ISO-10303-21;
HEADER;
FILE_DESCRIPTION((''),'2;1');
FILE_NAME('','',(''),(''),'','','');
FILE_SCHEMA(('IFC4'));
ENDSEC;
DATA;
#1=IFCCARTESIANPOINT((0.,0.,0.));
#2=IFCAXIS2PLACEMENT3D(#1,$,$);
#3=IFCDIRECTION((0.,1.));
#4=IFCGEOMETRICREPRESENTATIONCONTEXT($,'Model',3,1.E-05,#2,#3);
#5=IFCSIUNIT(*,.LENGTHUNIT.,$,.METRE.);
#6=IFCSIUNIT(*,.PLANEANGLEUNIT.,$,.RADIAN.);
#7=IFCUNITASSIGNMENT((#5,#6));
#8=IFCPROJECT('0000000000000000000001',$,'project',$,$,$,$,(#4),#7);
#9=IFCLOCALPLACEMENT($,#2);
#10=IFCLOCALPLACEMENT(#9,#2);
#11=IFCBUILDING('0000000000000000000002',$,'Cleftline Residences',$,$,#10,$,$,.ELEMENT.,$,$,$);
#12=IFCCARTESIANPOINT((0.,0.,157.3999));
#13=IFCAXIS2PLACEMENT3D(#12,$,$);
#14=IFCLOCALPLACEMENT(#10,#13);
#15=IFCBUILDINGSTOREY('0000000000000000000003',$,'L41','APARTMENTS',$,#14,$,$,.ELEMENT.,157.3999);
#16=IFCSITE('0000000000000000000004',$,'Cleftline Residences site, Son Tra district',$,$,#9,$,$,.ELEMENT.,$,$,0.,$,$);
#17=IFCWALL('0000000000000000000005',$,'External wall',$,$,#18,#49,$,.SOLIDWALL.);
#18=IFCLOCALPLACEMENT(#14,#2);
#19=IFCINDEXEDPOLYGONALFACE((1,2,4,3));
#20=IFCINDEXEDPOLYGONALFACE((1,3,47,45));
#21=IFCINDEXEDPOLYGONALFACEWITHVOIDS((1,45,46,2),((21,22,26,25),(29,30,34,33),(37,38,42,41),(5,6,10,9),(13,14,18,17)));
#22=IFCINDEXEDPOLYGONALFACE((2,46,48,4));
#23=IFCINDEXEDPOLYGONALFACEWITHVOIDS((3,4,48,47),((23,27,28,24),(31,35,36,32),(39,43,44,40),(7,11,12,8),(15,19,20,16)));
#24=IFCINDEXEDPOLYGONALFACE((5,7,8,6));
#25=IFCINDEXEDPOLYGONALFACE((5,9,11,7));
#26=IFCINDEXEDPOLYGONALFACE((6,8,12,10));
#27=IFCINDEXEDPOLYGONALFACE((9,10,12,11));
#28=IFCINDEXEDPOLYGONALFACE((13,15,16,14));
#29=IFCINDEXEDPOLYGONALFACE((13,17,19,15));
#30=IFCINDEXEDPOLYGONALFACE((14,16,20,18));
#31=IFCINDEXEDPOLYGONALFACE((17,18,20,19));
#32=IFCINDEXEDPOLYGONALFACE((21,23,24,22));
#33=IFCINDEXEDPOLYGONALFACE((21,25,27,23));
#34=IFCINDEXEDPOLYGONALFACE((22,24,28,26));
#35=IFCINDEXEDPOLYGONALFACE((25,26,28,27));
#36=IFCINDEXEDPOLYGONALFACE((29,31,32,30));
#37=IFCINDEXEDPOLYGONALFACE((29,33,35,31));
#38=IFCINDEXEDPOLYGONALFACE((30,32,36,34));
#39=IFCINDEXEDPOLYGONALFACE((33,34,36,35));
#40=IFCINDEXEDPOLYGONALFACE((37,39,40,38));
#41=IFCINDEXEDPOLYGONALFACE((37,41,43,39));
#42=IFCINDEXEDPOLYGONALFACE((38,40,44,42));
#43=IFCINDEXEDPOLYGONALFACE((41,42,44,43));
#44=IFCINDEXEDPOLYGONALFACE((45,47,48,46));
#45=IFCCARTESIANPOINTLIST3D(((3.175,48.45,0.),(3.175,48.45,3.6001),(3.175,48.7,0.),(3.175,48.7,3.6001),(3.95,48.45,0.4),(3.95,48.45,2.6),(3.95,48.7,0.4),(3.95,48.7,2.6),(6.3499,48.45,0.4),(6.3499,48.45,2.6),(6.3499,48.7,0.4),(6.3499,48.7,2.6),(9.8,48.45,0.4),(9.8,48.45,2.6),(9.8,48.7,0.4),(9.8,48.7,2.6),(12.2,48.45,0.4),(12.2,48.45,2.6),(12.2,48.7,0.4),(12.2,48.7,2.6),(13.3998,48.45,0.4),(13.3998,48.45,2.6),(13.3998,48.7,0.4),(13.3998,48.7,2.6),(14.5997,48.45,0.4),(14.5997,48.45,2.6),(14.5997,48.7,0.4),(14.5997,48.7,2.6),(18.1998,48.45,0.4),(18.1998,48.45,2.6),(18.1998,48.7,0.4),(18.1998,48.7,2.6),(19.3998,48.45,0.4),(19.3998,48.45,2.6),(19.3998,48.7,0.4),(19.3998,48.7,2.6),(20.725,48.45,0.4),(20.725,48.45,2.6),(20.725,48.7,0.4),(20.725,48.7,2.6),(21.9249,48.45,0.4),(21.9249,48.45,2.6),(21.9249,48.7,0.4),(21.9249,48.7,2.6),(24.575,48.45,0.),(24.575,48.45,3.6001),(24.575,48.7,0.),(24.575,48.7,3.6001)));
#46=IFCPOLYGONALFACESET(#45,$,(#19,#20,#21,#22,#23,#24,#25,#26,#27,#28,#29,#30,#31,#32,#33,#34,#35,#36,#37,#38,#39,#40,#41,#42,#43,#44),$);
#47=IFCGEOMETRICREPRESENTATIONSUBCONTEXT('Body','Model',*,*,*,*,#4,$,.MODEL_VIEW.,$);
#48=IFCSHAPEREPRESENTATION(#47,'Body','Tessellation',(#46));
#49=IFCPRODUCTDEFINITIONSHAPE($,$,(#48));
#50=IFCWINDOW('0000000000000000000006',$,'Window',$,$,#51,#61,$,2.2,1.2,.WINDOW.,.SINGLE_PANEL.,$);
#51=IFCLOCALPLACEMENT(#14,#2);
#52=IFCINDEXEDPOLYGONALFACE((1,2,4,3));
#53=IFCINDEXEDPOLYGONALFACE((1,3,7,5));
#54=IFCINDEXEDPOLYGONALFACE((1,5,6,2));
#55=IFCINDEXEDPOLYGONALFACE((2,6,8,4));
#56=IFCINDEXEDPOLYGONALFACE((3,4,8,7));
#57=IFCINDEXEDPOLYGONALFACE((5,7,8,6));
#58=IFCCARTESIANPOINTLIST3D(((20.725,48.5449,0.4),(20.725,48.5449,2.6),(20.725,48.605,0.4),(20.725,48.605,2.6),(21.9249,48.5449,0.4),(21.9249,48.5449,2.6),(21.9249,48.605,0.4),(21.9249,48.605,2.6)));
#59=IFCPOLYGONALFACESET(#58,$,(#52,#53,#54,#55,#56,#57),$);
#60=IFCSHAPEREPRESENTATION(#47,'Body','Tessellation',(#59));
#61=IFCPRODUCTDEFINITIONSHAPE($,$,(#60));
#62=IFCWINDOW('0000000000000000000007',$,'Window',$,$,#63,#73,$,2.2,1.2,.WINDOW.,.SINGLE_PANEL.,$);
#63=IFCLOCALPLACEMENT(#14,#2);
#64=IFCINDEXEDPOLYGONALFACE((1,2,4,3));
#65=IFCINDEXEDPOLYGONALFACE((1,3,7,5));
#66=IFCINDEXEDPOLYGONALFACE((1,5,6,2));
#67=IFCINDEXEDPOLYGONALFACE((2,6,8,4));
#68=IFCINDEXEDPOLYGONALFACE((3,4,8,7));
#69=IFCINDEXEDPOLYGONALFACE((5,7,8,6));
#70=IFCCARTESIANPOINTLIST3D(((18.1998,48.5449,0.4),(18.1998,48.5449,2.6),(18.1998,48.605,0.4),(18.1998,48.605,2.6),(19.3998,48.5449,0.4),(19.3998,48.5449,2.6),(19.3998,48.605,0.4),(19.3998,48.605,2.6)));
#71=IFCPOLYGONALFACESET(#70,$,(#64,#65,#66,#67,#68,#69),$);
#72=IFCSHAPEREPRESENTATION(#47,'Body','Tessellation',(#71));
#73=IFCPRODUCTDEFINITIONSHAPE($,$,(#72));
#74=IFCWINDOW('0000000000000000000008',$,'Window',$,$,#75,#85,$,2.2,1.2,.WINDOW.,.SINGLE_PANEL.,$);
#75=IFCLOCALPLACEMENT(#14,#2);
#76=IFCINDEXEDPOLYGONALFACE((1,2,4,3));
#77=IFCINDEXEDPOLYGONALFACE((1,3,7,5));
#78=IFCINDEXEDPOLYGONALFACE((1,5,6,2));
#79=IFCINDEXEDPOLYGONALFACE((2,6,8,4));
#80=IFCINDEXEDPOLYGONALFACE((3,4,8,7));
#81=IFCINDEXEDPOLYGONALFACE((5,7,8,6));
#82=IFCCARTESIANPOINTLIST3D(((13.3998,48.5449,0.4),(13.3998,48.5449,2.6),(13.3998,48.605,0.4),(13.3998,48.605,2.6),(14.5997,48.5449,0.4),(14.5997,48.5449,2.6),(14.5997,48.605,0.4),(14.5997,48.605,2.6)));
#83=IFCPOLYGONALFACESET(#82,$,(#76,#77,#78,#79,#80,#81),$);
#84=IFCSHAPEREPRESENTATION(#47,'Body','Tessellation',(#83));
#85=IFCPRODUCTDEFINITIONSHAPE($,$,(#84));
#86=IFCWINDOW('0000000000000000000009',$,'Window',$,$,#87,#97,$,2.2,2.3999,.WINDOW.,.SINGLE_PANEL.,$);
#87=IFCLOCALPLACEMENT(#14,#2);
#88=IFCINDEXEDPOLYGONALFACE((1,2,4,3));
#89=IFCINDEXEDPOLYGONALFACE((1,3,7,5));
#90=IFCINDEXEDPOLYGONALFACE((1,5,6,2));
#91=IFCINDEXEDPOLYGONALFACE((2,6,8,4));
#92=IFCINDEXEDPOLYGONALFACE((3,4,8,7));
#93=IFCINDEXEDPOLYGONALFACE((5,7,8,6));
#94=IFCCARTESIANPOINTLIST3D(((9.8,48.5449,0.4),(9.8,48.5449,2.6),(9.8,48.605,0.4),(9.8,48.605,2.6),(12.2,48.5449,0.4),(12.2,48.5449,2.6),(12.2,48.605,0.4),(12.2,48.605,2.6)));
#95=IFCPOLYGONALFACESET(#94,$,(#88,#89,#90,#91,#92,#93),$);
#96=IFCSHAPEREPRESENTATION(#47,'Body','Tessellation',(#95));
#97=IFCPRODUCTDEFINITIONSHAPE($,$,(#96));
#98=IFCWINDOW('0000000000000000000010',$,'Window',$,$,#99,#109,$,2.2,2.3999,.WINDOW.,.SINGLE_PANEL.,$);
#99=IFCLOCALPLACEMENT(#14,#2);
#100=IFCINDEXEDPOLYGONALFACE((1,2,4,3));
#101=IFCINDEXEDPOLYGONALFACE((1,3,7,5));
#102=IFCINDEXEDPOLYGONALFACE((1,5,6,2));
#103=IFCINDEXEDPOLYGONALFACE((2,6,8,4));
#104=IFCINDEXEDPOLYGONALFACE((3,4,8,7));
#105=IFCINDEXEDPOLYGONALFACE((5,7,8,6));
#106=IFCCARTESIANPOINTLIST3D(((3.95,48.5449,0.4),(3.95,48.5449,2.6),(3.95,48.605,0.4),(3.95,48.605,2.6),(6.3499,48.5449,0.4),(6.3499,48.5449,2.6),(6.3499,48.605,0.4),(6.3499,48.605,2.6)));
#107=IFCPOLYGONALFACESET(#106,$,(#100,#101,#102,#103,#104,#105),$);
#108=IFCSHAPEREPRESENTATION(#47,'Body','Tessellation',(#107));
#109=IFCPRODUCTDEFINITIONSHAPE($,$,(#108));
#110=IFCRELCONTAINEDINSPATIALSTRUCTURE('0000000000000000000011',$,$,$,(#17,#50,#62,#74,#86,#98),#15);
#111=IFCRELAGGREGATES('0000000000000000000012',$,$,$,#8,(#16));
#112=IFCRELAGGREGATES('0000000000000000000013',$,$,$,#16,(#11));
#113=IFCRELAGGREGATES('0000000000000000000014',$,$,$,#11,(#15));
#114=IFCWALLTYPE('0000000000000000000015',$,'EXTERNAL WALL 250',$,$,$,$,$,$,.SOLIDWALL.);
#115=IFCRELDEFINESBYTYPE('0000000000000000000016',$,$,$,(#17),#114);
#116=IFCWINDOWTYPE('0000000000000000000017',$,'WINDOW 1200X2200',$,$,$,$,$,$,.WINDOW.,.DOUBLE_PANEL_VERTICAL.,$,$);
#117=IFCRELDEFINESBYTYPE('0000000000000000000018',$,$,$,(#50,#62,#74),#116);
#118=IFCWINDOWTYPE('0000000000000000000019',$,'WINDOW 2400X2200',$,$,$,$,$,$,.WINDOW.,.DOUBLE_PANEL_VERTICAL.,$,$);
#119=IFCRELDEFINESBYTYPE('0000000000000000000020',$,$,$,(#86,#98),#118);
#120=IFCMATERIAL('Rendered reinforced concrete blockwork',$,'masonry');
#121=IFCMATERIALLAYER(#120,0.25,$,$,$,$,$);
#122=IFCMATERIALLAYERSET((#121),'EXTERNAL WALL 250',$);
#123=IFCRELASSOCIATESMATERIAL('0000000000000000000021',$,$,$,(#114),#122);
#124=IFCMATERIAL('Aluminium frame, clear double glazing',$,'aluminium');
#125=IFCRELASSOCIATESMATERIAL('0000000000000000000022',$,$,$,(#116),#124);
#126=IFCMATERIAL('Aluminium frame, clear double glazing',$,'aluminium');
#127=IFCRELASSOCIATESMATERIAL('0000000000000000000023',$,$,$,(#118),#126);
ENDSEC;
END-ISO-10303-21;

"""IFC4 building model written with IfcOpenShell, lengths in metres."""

from ifc_helpers import new_model, si_unit, direction, frame, frame_2d, origin, place, context, subcontext, project, spatial, rectangle, extrude, material, layer, layer_set, type_object, element, fill, save


model = new_model("IFC4")

# Units and contexts
model_context = context("Model", 3, precision=1e-05, world=origin(), true_north=direction((0.0, 1.0)))
body_context = subcontext(model_context, "Body", "Model", "MODEL_VIEW")
ifc_project = project(units=[si_unit("LENGTHUNIT", "METRE"), si_unit("PLANEANGLEUNIT", "RADIAN")], contexts=[model_context])

# Site, building, storey
site_placement = place(None, origin())
site = spatial("IfcSite", under=ifc_project, at=site_placement, Name="Cleftline Residences site, Son Tra district", CompositionType="ELEMENT", RefElevation=0.0)
building_placement = place(site_placement, origin())
building = spatial("IfcBuilding", under=site, at=building_placement, Name="Cleftline Residences", CompositionType="ELEMENT")
storey_placement = place(building_placement, frame((0.0, 0.0, 157.3999)))
storey = spatial("IfcBuildingStorey", under=building, at=storey_placement, Name="L41", Description="APARTMENTS", CompositionType="ELEMENT", Elevation=157.3999)

# Wall, openings, windows
ifc_material_1 = material(Name="Rendered reinforced concrete blockwork", Category="masonry")
ifc_layer_1 = layer(ifc_material_1, 0.25)
ifc_layer_set_1 = layer_set([ifc_layer_1], Name="EXTERNAL WALL 250")
wall_type = type_object("IfcWallType", Name="EXTERNAL WALL 250", PredefinedType="SOLIDWALL", material=ifc_layer_set_1)
wall_placement = place(storey_placement, frame((24.575, 48.575, 0.0), z_axis=(0.0, 0.0, 1.0), x_axis=(-1.0, 0.0, 0.0)))
wall = element("IfcWall", 1, at=wall_placement, inside=storey, type_object=wall_type, Name="External wall", PredefinedType="SOLIDWALL", context=body_context, shape_type="SweptSolid", body=[
    extrude(rectangle(XDim=21.3999, YDim=0.25, at=frame_2d((10.7, 0.0))), origin(), (0.0, 0.0, 1.0), 3.6001),
])
opening_1_placement = place(wall_placement, frame((2.6499, 0.0, 0.3999)))
opening_1 = element("IfcOpeningElement", 2, at=opening_1_placement, cuts=wall, PredefinedType="OPENING", context=body_context, shape_type="SweptSolid", body=[
    extrude(rectangle(XDim=1.2, YDim=2.2, at=frame_2d((0.6001, 1.1001))), frame((0.0, 0.135, 0.0), z_axis=(0.0, -1.0, 0.0), x_axis=(1.0, 0.0, 0.0)), (0.0, 0.0, 1.0), 0.27),
])
opening_2_placement = place(wall_placement, frame((5.175, 0.0, 0.3999)))
opening_2 = element("IfcOpeningElement", 3, at=opening_2_placement, cuts=wall, PredefinedType="OPENING", context=body_context, shape_type="SweptSolid", body=[
    extrude(rectangle(XDim=1.2, YDim=2.2, at=frame_2d((0.6001, 1.1001))), frame((0.0, 0.135, 0.0), z_axis=(0.0, -1.0, 0.0), x_axis=(1.0, 0.0, 0.0)), (0.0, 0.0, 1.0), 0.27),
])
opening_3_placement = place(wall_placement, frame((9.9751, 0.0, 0.3999)))
opening_3 = element("IfcOpeningElement", 4, at=opening_3_placement, cuts=wall, PredefinedType="OPENING", context=body_context, shape_type="SweptSolid", body=[
    extrude(rectangle(XDim=1.2, YDim=2.2, at=frame_2d((0.6001, 1.1001))), frame((0.0, 0.135, 0.0), z_axis=(0.0, -1.0, 0.0), x_axis=(1.0, 0.0, 0.0)), (0.0, 0.0, 1.0), 0.27),
])
opening_4_placement = place(wall_placement, frame((12.375, 0.0, 0.3999)))
opening_4 = element("IfcOpeningElement", 5, at=opening_4_placement, cuts=wall, PredefinedType="OPENING", context=body_context, shape_type="SweptSolid", body=[
    extrude(rectangle(XDim=2.3999, YDim=2.2, at=frame_2d((1.2, 1.1001))), frame((0.0, 0.135, 0.0), z_axis=(0.0, -1.0, 0.0), x_axis=(1.0, 0.0, 0.0)), (0.0, 0.0, 1.0), 0.27),
])
opening_5_placement = place(wall_placement, frame((18.2251, 0.0, 0.3999)))
opening_5 = element("IfcOpeningElement", 6, at=opening_5_placement, cuts=wall, PredefinedType="OPENING", context=body_context, shape_type="SweptSolid", body=[
    extrude(rectangle(XDim=2.3999, YDim=2.2, at=frame_2d((1.2, 1.1001))), frame((0.0, 0.135, 0.0), z_axis=(0.0, -1.0, 0.0), x_axis=(1.0, 0.0, 0.0)), (0.0, 0.0, 1.0), 0.27),
])
ifc_material_2 = material(Name="Aluminium frame, clear double glazing", Category="aluminium")
window_type_1 = type_object("IfcWindowType", Name="WINDOW 1200X2200", PartitioningType="DOUBLE_PANEL_VERTICAL", PredefinedType="WINDOW", material=ifc_material_2)
window_1_placement = place(opening_1_placement, origin())
window_1 = element("IfcWindow", 7, at=window_1_placement, inside=storey, type_object=window_type_1, Name="Window", OverallHeight=2.2, OverallWidth=1.2, PartitioningType="SINGLE_PANEL", PredefinedType="WINDOW", context=body_context, shape_type="SweptSolid", body=[
    extrude(rectangle(XDim=1.2, YDim=2.2, at=frame_2d((0.6001, 1.1001))), frame((0.0, 0.03, 0.0), z_axis=(0.0, -1.0, 0.0), x_axis=(1.0, 0.0, 0.0)), (0.0, 0.0, 1.0), 0.0601),
])
fill(opening_1, window_1)
window_2_placement = place(opening_2_placement, origin())
window_2 = element("IfcWindow", 8, at=window_2_placement, inside=storey, type_object=window_type_1, Name="Window", OverallHeight=2.2, OverallWidth=1.2, PartitioningType="SINGLE_PANEL", PredefinedType="WINDOW", context=body_context, shape_type="SweptSolid", body=[
    extrude(rectangle(XDim=1.2, YDim=2.2, at=frame_2d((0.6001, 1.1001))), frame((0.0, 0.03, 0.0), z_axis=(0.0, -1.0, 0.0), x_axis=(1.0, 0.0, 0.0)), (0.0, 0.0, 1.0), 0.0601),
])
fill(opening_2, window_2)
window_3_placement = place(opening_3_placement, origin())
window_3 = element("IfcWindow", 9, at=window_3_placement, inside=storey, type_object=window_type_1, Name="Window", OverallHeight=2.2, OverallWidth=1.2, PartitioningType="SINGLE_PANEL", PredefinedType="WINDOW", context=body_context, shape_type="SweptSolid", body=[
    extrude(rectangle(XDim=1.2, YDim=2.2, at=frame_2d((0.6001, 1.1001))), frame((0.0, 0.03, 0.0), z_axis=(0.0, -1.0, 0.0), x_axis=(1.0, 0.0, 0.0)), (0.0, 0.0, 1.0), 0.0601),
])
fill(opening_3, window_3)
ifc_material_3 = material(Name="Aluminium frame, clear double glazing", Category="aluminium")
window_type_2 = type_object("IfcWindowType", Name="WINDOW 2400X2200", PartitioningType="DOUBLE_PANEL_VERTICAL", PredefinedType="WINDOW", material=ifc_material_3)
window_4_placement = place(opening_4_placement, origin())
window_4 = element("IfcWindow", 10, at=window_4_placement, inside=storey, type_object=window_type_2, Name="Window", OverallHeight=2.2, OverallWidth=2.3999, PartitioningType="SINGLE_PANEL", PredefinedType="WINDOW", context=body_context, shape_type="SweptSolid", body=[
    extrude(rectangle(XDim=2.3999, YDim=2.2, at=frame_2d((1.2, 1.1001))), frame((0.0, 0.03, 0.0), z_axis=(0.0, -1.0, 0.0), x_axis=(1.0, 0.0, 0.0)), (0.0, 0.0, 1.0), 0.0601),
])
fill(opening_4, window_4)
window_5_placement = place(opening_5_placement, origin())
window_5 = element("IfcWindow", 11, at=window_5_placement, inside=storey, type_object=window_type_2, Name="Window", OverallHeight=2.2, OverallWidth=2.3999, PartitioningType="SINGLE_PANEL", PredefinedType="WINDOW", context=body_context, shape_type="SweptSolid", body=[
    extrude(rectangle(XDim=2.3999, YDim=2.2, at=frame_2d((1.2, 1.1001))), frame((0.0, 0.03, 0.0), z_axis=(0.0, -1.0, 0.0), x_axis=(1.0, 0.0, 0.0)), (0.0, 0.0, 1.0), 0.0601),
])
fill(opening_5, window_5)

save(model, "model.ifc")
